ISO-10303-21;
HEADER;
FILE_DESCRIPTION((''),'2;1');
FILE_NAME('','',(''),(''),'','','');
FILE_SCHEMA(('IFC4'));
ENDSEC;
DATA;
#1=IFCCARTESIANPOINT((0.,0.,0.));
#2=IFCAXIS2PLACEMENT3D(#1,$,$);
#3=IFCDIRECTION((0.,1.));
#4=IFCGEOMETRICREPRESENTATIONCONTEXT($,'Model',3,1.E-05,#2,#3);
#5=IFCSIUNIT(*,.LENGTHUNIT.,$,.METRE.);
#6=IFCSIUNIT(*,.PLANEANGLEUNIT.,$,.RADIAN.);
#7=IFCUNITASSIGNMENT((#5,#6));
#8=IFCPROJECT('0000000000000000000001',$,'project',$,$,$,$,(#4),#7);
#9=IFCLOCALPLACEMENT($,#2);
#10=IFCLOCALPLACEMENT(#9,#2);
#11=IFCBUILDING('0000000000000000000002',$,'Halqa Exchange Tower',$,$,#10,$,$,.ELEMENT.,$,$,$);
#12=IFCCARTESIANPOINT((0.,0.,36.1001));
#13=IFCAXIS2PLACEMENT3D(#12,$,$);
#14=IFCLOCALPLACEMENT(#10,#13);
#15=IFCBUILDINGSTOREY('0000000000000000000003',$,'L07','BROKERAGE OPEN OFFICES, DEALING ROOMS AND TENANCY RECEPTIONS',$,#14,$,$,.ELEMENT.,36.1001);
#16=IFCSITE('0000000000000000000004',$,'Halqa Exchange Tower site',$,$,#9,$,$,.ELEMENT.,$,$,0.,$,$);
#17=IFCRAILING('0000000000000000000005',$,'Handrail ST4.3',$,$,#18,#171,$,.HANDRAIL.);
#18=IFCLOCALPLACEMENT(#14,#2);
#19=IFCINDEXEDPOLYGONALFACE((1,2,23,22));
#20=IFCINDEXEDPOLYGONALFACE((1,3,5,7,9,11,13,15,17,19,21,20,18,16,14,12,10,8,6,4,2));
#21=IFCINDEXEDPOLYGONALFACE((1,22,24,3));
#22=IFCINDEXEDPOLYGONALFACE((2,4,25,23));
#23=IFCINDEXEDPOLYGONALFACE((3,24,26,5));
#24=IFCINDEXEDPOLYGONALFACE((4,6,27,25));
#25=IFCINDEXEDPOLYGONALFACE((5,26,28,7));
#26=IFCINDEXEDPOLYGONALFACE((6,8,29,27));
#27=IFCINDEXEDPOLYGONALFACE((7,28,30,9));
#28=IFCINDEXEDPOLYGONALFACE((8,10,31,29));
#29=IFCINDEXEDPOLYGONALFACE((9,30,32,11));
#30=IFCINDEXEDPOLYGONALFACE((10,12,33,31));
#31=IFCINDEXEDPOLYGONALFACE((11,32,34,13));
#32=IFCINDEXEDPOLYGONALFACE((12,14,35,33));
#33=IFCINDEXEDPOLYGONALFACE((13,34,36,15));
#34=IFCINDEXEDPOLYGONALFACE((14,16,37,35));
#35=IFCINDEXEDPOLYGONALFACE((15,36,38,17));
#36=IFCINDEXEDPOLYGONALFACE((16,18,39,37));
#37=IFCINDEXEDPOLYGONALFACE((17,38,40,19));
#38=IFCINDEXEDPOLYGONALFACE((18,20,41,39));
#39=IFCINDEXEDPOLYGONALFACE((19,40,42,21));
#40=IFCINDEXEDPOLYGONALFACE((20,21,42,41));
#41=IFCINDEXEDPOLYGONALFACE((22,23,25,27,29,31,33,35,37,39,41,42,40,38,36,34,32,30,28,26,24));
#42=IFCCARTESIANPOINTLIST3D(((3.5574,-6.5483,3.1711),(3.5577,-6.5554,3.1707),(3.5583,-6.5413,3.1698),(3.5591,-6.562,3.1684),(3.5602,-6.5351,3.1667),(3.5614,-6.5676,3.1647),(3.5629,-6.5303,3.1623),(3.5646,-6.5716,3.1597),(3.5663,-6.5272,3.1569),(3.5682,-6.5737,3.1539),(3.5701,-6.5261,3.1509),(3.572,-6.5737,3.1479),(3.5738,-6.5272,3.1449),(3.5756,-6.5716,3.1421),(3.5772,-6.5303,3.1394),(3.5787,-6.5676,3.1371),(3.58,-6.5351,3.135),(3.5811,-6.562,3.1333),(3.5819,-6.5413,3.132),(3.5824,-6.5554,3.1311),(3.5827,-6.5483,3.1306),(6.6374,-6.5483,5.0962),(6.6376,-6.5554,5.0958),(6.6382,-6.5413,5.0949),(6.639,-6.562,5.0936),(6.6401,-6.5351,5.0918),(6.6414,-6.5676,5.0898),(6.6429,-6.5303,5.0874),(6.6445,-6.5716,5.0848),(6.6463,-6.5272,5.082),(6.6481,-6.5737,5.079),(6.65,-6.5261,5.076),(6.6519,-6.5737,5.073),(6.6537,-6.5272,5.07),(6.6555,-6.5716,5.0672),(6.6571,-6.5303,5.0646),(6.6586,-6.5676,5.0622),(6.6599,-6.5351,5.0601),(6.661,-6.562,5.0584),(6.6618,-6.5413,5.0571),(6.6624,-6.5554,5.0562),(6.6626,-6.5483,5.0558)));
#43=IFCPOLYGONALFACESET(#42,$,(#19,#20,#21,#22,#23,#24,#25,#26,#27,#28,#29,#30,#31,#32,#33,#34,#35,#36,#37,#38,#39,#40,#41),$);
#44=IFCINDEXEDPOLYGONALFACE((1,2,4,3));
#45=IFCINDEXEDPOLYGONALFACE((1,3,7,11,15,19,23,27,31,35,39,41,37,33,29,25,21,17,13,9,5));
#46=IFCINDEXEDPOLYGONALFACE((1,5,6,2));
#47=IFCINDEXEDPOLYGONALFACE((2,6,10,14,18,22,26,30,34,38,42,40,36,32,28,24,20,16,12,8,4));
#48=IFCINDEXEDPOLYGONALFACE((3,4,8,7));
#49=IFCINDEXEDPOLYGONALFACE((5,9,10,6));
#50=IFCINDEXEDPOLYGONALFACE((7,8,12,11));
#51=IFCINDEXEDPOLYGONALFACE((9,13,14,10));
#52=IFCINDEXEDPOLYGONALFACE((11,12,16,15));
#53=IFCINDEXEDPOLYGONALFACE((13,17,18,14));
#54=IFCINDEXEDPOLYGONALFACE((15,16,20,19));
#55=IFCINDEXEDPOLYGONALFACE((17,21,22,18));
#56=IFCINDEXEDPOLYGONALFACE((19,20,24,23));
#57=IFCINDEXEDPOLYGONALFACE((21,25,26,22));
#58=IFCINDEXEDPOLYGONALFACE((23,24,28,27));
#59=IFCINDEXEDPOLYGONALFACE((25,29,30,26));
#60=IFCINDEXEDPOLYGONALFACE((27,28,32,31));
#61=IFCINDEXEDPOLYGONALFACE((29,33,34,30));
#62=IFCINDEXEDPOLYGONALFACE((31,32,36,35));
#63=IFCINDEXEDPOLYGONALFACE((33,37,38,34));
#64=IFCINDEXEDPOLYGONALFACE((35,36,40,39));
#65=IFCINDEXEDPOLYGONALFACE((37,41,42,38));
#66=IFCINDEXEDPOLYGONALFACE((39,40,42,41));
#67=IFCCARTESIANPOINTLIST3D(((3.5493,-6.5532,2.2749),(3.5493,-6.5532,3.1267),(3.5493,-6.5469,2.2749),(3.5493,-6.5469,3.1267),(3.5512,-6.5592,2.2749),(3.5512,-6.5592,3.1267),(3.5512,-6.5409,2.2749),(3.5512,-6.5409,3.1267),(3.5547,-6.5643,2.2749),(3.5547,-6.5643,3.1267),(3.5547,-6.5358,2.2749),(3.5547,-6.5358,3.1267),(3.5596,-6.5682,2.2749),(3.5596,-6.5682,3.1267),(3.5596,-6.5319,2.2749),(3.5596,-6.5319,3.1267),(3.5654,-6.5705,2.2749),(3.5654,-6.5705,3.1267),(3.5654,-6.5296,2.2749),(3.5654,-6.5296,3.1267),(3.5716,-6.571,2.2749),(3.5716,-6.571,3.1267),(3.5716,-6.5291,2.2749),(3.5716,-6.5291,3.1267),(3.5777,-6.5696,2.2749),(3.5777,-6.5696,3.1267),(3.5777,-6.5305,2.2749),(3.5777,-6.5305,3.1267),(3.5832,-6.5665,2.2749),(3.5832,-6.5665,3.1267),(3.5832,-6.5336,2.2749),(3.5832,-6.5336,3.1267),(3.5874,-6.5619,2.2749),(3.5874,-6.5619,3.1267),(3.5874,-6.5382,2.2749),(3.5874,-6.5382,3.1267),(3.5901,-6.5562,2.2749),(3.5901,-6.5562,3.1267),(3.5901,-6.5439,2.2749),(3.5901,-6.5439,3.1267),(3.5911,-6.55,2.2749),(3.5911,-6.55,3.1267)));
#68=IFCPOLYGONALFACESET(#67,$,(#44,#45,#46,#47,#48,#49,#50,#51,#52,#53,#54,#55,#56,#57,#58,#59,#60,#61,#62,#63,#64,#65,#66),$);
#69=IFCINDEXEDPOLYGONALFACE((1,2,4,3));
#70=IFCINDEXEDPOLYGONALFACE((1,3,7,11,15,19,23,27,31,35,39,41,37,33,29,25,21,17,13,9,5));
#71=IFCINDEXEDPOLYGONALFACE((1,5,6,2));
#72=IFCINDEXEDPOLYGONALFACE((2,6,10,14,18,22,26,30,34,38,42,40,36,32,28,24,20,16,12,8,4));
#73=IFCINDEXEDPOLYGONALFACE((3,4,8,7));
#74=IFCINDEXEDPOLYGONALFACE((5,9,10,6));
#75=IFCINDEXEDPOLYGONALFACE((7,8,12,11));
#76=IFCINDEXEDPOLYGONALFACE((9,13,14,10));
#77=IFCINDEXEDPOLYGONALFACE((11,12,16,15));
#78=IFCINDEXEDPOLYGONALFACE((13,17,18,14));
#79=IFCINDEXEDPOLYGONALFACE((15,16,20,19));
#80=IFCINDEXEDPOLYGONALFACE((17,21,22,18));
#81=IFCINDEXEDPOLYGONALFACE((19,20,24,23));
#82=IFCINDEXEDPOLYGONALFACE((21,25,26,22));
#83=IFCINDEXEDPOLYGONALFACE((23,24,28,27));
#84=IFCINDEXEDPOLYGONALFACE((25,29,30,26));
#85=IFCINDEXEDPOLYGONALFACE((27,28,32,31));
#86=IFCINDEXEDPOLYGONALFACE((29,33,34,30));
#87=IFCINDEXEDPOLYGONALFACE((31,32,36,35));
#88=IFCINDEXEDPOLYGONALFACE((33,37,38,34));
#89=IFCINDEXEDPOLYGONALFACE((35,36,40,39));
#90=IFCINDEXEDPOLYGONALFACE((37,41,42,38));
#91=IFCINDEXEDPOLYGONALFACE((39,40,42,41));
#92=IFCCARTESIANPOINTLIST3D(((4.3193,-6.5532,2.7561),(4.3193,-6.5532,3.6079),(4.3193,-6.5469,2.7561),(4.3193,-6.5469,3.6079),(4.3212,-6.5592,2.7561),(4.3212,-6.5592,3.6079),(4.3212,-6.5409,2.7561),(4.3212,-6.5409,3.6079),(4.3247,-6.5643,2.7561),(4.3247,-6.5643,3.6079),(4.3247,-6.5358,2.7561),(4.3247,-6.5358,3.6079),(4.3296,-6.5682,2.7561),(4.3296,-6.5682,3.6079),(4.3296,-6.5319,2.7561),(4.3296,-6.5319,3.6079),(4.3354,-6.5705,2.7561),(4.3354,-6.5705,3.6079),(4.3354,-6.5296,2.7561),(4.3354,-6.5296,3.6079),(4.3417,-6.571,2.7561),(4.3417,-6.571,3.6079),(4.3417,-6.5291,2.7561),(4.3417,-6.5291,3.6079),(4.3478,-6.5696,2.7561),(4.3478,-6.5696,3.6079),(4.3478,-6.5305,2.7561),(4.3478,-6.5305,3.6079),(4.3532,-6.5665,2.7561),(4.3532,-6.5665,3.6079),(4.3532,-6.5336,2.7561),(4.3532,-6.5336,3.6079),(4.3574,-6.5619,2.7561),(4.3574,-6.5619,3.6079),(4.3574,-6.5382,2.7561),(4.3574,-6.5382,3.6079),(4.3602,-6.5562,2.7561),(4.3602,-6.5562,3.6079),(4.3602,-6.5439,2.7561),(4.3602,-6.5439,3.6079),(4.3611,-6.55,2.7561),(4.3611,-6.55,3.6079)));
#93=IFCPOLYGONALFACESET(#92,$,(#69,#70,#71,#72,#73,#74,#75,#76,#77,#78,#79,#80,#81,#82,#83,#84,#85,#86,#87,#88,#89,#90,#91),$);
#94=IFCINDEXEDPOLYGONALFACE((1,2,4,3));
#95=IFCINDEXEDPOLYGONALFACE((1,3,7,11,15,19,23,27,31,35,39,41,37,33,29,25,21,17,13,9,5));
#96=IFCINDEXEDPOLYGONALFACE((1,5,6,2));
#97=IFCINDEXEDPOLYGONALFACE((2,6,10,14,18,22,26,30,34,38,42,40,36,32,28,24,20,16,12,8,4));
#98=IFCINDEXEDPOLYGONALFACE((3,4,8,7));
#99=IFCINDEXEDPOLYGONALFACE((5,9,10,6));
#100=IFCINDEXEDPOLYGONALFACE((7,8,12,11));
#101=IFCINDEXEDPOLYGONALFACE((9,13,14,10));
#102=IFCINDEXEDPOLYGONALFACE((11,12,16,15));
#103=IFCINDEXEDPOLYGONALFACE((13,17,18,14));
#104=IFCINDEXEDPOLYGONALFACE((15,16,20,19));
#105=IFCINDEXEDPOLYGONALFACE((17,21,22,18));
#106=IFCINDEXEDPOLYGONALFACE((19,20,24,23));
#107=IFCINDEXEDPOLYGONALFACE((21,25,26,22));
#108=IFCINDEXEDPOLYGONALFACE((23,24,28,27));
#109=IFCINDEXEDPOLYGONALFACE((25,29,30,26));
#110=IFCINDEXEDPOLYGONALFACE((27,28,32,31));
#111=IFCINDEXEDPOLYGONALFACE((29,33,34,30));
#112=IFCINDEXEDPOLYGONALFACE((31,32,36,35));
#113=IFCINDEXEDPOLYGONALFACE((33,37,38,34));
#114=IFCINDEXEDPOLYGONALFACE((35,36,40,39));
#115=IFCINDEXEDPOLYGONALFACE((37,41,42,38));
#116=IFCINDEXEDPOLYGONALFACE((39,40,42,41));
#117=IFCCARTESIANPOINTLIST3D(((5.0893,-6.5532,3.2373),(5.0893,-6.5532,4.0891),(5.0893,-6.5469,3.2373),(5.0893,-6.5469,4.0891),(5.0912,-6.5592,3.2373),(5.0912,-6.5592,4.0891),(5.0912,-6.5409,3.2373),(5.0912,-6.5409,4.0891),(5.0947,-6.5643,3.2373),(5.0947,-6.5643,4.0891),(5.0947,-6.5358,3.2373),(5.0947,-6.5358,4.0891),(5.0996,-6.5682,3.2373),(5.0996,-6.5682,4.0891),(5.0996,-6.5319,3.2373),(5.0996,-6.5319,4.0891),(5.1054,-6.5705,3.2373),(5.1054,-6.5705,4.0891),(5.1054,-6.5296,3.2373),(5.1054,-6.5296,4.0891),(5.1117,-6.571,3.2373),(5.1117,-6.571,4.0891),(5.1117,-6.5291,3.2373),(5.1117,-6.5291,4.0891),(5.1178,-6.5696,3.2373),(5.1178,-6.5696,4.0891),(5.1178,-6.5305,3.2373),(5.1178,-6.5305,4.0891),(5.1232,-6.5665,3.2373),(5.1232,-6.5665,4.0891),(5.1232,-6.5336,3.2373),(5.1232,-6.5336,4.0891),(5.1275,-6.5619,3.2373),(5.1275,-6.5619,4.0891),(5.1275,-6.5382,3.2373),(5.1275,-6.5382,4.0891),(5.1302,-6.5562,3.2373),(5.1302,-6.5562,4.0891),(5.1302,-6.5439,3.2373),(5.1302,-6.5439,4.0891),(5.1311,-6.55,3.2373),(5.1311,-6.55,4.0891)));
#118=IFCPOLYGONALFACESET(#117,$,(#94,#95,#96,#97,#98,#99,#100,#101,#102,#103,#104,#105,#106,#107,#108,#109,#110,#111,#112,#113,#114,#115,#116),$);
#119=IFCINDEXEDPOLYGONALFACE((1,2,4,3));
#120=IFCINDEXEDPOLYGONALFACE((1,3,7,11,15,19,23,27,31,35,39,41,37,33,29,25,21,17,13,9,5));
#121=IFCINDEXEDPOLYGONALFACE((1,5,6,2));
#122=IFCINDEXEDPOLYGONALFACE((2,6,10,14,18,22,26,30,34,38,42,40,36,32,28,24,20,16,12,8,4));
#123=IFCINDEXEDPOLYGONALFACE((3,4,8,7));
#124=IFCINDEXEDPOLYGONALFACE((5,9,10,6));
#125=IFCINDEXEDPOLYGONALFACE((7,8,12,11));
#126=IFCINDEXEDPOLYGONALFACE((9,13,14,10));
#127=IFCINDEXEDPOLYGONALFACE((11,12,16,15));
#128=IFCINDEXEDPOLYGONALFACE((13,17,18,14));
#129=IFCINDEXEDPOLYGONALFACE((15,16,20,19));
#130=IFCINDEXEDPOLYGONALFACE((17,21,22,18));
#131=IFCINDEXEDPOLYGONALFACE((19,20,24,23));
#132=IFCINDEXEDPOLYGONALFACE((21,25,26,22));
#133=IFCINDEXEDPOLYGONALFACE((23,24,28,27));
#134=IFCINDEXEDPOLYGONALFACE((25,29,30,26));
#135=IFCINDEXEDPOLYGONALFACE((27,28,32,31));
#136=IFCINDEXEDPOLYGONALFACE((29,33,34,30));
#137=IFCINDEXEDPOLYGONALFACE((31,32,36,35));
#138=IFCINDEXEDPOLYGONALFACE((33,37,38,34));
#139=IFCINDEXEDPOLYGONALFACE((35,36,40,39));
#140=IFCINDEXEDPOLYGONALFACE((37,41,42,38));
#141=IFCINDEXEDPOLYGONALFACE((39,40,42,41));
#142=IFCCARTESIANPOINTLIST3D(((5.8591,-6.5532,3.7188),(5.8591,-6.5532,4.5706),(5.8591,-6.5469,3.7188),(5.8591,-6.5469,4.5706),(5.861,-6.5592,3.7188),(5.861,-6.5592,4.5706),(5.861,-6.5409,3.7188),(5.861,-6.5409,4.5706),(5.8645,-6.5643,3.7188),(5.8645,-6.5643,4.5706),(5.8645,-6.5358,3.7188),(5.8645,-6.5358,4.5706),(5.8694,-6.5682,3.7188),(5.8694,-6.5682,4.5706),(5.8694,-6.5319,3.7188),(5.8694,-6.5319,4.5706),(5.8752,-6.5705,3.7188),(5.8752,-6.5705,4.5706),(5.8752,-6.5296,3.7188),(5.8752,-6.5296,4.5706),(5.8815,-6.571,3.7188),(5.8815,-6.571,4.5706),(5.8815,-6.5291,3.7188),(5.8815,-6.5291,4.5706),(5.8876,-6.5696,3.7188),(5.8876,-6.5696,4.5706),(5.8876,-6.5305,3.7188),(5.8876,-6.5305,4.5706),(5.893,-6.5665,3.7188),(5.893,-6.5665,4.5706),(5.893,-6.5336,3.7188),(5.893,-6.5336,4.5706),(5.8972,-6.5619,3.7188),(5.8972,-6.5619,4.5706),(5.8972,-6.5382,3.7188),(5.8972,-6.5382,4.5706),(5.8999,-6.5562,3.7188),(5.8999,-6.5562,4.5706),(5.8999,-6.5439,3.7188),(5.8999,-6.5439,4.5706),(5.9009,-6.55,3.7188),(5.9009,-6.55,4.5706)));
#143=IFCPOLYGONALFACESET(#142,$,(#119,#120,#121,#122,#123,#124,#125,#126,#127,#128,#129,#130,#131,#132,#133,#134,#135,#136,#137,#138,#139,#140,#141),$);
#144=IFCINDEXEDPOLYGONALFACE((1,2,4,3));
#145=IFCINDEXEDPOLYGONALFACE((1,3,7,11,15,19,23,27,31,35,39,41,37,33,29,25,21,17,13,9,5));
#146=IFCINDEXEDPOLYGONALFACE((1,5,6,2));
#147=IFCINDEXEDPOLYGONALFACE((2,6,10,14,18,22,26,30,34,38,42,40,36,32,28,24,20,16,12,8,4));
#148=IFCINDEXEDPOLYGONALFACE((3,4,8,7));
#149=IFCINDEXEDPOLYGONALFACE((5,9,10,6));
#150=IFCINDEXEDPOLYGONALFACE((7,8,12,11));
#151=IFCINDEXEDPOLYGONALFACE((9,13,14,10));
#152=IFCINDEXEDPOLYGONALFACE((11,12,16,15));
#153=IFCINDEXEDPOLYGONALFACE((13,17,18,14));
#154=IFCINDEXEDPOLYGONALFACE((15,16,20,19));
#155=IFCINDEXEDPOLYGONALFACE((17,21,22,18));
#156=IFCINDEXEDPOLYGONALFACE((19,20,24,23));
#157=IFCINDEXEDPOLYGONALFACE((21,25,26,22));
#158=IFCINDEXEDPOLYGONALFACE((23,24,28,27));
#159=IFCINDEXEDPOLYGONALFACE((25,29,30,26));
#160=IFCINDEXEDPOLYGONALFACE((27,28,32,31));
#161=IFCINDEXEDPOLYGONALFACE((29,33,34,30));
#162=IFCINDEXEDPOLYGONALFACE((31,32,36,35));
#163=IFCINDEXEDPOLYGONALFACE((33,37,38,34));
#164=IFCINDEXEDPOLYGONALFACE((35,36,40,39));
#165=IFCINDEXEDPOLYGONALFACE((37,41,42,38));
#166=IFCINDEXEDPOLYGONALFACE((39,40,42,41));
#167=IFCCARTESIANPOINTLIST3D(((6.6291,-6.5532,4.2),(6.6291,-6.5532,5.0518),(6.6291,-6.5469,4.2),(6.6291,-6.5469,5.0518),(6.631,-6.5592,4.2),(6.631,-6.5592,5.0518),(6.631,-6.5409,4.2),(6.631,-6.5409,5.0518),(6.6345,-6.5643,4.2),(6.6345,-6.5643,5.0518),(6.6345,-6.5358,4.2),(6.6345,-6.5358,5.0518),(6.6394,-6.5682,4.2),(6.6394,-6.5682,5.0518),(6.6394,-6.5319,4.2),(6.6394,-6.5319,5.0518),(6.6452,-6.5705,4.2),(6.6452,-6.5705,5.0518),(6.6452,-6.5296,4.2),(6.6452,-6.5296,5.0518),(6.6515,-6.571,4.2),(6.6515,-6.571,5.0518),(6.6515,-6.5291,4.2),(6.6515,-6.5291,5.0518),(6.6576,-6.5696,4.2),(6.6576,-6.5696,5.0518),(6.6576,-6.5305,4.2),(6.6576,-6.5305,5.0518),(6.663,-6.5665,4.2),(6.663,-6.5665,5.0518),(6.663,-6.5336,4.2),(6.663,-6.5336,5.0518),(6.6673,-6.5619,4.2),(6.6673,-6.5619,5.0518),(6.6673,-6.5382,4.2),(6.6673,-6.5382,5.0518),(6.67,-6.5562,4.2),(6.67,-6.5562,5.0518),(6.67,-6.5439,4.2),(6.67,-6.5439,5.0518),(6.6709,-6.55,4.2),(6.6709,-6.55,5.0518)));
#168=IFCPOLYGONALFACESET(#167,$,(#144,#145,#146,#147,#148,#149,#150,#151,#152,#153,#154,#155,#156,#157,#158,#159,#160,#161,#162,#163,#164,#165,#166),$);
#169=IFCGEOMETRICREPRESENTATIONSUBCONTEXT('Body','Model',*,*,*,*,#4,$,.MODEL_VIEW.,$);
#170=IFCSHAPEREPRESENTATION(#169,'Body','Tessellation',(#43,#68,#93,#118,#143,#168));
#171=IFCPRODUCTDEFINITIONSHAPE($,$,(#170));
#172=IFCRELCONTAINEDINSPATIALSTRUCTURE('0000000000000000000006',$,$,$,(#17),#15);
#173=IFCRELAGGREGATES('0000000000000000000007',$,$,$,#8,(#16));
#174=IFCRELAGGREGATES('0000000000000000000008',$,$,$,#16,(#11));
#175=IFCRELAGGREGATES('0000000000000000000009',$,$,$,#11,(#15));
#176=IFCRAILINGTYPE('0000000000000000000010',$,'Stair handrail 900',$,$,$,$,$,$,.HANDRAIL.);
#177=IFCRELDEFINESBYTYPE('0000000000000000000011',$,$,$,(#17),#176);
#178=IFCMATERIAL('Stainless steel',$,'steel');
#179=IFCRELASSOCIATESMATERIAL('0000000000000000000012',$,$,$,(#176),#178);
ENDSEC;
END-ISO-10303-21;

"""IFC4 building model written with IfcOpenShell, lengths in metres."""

from ifc_helpers import new_model, si_unit, direction, frame, origin, origin_2d, place, context, subcontext, project, spatial, circle, extrude, material, type_object, element, save


model = new_model("IFC4")

# Units and contexts
model_context = context("Model", 3, precision=1e-05, world=origin(), true_north=direction((0.0, 1.0)))
body_context = subcontext(model_context, "Body", "Model", "MODEL_VIEW")
ifc_project = project(units=[si_unit("LENGTHUNIT", "METRE"), si_unit("PLANEANGLEUNIT", "RADIAN")], contexts=[model_context])

# Site, building, storey
site_placement = place(None, origin())
site = spatial("IfcSite", under=ifc_project, at=site_placement, Name="Halqa Exchange Tower site", CompositionType="ELEMENT", RefElevation=0.0)
building_placement = place(site_placement, origin())
building = spatial("IfcBuilding", under=site, at=building_placement, Name="Halqa Exchange Tower", CompositionType="ELEMENT")
storey_placement = place(building_placement, frame((0.0, 0.0, 36.1001)))
storey = spatial("IfcBuildingStorey", under=building, at=storey_placement, Name="L07", Description="BROKERAGE OPEN OFFICES, DEALING ROOMS AND TENANCY RECEPTIONS", CompositionType="ELEMENT", Elevation=36.1001)

# Railing
ifc_material_1 = material(Name="Stainless steel", Category="steel")
railing_type_1 = type_object("IfcRailingType", Name="Stair handrail 900", PredefinedType="HANDRAIL", material=ifc_material_1)
railing_1_placement = place(storey_placement, frame((3.5701, -6.55, 2.2749)))
element("IfcRailing", 1, at=railing_1_placement, inside=storey, type_object=railing_type_1, Name="Handrail ST4.3", PredefinedType="HANDRAIL", context=body_context, shape_type="SweptSolid", body=[
    extrude(circle(Radius=0.0239, at=origin_2d()), frame((0.0, 0.0, 0.876), z_axis=(0.847979, 0.0, 0.530029), x_axis=(0.0, 1.0, 0.0)), (0.0, 0.0, 1.0), 3.6321),
    extrude(circle(Radius=0.021, at=origin_2d()), origin(), (0.0, 0.0, 1.0), 0.8518),
    extrude(circle(Radius=0.021, at=origin_2d()), frame((0.77, 0.0, 0.4812)), (0.0, 0.0, 1.0), 0.8518),
    extrude(circle(Radius=0.021, at=origin_2d()), frame((1.54, 0.0, 0.9624)), (0.0, 0.0, 1.0), 0.8518),
    extrude(circle(Radius=0.021, at=origin_2d()), frame((2.3098, 0.0, 1.4438)), (0.0, 0.0, 1.0), 0.8518),
    extrude(circle(Radius=0.021, at=origin_2d()), frame((3.0798, 0.0, 1.925)), (0.0, 0.0, 1.0), 0.8518),
])

save(model, "model.ifc")
